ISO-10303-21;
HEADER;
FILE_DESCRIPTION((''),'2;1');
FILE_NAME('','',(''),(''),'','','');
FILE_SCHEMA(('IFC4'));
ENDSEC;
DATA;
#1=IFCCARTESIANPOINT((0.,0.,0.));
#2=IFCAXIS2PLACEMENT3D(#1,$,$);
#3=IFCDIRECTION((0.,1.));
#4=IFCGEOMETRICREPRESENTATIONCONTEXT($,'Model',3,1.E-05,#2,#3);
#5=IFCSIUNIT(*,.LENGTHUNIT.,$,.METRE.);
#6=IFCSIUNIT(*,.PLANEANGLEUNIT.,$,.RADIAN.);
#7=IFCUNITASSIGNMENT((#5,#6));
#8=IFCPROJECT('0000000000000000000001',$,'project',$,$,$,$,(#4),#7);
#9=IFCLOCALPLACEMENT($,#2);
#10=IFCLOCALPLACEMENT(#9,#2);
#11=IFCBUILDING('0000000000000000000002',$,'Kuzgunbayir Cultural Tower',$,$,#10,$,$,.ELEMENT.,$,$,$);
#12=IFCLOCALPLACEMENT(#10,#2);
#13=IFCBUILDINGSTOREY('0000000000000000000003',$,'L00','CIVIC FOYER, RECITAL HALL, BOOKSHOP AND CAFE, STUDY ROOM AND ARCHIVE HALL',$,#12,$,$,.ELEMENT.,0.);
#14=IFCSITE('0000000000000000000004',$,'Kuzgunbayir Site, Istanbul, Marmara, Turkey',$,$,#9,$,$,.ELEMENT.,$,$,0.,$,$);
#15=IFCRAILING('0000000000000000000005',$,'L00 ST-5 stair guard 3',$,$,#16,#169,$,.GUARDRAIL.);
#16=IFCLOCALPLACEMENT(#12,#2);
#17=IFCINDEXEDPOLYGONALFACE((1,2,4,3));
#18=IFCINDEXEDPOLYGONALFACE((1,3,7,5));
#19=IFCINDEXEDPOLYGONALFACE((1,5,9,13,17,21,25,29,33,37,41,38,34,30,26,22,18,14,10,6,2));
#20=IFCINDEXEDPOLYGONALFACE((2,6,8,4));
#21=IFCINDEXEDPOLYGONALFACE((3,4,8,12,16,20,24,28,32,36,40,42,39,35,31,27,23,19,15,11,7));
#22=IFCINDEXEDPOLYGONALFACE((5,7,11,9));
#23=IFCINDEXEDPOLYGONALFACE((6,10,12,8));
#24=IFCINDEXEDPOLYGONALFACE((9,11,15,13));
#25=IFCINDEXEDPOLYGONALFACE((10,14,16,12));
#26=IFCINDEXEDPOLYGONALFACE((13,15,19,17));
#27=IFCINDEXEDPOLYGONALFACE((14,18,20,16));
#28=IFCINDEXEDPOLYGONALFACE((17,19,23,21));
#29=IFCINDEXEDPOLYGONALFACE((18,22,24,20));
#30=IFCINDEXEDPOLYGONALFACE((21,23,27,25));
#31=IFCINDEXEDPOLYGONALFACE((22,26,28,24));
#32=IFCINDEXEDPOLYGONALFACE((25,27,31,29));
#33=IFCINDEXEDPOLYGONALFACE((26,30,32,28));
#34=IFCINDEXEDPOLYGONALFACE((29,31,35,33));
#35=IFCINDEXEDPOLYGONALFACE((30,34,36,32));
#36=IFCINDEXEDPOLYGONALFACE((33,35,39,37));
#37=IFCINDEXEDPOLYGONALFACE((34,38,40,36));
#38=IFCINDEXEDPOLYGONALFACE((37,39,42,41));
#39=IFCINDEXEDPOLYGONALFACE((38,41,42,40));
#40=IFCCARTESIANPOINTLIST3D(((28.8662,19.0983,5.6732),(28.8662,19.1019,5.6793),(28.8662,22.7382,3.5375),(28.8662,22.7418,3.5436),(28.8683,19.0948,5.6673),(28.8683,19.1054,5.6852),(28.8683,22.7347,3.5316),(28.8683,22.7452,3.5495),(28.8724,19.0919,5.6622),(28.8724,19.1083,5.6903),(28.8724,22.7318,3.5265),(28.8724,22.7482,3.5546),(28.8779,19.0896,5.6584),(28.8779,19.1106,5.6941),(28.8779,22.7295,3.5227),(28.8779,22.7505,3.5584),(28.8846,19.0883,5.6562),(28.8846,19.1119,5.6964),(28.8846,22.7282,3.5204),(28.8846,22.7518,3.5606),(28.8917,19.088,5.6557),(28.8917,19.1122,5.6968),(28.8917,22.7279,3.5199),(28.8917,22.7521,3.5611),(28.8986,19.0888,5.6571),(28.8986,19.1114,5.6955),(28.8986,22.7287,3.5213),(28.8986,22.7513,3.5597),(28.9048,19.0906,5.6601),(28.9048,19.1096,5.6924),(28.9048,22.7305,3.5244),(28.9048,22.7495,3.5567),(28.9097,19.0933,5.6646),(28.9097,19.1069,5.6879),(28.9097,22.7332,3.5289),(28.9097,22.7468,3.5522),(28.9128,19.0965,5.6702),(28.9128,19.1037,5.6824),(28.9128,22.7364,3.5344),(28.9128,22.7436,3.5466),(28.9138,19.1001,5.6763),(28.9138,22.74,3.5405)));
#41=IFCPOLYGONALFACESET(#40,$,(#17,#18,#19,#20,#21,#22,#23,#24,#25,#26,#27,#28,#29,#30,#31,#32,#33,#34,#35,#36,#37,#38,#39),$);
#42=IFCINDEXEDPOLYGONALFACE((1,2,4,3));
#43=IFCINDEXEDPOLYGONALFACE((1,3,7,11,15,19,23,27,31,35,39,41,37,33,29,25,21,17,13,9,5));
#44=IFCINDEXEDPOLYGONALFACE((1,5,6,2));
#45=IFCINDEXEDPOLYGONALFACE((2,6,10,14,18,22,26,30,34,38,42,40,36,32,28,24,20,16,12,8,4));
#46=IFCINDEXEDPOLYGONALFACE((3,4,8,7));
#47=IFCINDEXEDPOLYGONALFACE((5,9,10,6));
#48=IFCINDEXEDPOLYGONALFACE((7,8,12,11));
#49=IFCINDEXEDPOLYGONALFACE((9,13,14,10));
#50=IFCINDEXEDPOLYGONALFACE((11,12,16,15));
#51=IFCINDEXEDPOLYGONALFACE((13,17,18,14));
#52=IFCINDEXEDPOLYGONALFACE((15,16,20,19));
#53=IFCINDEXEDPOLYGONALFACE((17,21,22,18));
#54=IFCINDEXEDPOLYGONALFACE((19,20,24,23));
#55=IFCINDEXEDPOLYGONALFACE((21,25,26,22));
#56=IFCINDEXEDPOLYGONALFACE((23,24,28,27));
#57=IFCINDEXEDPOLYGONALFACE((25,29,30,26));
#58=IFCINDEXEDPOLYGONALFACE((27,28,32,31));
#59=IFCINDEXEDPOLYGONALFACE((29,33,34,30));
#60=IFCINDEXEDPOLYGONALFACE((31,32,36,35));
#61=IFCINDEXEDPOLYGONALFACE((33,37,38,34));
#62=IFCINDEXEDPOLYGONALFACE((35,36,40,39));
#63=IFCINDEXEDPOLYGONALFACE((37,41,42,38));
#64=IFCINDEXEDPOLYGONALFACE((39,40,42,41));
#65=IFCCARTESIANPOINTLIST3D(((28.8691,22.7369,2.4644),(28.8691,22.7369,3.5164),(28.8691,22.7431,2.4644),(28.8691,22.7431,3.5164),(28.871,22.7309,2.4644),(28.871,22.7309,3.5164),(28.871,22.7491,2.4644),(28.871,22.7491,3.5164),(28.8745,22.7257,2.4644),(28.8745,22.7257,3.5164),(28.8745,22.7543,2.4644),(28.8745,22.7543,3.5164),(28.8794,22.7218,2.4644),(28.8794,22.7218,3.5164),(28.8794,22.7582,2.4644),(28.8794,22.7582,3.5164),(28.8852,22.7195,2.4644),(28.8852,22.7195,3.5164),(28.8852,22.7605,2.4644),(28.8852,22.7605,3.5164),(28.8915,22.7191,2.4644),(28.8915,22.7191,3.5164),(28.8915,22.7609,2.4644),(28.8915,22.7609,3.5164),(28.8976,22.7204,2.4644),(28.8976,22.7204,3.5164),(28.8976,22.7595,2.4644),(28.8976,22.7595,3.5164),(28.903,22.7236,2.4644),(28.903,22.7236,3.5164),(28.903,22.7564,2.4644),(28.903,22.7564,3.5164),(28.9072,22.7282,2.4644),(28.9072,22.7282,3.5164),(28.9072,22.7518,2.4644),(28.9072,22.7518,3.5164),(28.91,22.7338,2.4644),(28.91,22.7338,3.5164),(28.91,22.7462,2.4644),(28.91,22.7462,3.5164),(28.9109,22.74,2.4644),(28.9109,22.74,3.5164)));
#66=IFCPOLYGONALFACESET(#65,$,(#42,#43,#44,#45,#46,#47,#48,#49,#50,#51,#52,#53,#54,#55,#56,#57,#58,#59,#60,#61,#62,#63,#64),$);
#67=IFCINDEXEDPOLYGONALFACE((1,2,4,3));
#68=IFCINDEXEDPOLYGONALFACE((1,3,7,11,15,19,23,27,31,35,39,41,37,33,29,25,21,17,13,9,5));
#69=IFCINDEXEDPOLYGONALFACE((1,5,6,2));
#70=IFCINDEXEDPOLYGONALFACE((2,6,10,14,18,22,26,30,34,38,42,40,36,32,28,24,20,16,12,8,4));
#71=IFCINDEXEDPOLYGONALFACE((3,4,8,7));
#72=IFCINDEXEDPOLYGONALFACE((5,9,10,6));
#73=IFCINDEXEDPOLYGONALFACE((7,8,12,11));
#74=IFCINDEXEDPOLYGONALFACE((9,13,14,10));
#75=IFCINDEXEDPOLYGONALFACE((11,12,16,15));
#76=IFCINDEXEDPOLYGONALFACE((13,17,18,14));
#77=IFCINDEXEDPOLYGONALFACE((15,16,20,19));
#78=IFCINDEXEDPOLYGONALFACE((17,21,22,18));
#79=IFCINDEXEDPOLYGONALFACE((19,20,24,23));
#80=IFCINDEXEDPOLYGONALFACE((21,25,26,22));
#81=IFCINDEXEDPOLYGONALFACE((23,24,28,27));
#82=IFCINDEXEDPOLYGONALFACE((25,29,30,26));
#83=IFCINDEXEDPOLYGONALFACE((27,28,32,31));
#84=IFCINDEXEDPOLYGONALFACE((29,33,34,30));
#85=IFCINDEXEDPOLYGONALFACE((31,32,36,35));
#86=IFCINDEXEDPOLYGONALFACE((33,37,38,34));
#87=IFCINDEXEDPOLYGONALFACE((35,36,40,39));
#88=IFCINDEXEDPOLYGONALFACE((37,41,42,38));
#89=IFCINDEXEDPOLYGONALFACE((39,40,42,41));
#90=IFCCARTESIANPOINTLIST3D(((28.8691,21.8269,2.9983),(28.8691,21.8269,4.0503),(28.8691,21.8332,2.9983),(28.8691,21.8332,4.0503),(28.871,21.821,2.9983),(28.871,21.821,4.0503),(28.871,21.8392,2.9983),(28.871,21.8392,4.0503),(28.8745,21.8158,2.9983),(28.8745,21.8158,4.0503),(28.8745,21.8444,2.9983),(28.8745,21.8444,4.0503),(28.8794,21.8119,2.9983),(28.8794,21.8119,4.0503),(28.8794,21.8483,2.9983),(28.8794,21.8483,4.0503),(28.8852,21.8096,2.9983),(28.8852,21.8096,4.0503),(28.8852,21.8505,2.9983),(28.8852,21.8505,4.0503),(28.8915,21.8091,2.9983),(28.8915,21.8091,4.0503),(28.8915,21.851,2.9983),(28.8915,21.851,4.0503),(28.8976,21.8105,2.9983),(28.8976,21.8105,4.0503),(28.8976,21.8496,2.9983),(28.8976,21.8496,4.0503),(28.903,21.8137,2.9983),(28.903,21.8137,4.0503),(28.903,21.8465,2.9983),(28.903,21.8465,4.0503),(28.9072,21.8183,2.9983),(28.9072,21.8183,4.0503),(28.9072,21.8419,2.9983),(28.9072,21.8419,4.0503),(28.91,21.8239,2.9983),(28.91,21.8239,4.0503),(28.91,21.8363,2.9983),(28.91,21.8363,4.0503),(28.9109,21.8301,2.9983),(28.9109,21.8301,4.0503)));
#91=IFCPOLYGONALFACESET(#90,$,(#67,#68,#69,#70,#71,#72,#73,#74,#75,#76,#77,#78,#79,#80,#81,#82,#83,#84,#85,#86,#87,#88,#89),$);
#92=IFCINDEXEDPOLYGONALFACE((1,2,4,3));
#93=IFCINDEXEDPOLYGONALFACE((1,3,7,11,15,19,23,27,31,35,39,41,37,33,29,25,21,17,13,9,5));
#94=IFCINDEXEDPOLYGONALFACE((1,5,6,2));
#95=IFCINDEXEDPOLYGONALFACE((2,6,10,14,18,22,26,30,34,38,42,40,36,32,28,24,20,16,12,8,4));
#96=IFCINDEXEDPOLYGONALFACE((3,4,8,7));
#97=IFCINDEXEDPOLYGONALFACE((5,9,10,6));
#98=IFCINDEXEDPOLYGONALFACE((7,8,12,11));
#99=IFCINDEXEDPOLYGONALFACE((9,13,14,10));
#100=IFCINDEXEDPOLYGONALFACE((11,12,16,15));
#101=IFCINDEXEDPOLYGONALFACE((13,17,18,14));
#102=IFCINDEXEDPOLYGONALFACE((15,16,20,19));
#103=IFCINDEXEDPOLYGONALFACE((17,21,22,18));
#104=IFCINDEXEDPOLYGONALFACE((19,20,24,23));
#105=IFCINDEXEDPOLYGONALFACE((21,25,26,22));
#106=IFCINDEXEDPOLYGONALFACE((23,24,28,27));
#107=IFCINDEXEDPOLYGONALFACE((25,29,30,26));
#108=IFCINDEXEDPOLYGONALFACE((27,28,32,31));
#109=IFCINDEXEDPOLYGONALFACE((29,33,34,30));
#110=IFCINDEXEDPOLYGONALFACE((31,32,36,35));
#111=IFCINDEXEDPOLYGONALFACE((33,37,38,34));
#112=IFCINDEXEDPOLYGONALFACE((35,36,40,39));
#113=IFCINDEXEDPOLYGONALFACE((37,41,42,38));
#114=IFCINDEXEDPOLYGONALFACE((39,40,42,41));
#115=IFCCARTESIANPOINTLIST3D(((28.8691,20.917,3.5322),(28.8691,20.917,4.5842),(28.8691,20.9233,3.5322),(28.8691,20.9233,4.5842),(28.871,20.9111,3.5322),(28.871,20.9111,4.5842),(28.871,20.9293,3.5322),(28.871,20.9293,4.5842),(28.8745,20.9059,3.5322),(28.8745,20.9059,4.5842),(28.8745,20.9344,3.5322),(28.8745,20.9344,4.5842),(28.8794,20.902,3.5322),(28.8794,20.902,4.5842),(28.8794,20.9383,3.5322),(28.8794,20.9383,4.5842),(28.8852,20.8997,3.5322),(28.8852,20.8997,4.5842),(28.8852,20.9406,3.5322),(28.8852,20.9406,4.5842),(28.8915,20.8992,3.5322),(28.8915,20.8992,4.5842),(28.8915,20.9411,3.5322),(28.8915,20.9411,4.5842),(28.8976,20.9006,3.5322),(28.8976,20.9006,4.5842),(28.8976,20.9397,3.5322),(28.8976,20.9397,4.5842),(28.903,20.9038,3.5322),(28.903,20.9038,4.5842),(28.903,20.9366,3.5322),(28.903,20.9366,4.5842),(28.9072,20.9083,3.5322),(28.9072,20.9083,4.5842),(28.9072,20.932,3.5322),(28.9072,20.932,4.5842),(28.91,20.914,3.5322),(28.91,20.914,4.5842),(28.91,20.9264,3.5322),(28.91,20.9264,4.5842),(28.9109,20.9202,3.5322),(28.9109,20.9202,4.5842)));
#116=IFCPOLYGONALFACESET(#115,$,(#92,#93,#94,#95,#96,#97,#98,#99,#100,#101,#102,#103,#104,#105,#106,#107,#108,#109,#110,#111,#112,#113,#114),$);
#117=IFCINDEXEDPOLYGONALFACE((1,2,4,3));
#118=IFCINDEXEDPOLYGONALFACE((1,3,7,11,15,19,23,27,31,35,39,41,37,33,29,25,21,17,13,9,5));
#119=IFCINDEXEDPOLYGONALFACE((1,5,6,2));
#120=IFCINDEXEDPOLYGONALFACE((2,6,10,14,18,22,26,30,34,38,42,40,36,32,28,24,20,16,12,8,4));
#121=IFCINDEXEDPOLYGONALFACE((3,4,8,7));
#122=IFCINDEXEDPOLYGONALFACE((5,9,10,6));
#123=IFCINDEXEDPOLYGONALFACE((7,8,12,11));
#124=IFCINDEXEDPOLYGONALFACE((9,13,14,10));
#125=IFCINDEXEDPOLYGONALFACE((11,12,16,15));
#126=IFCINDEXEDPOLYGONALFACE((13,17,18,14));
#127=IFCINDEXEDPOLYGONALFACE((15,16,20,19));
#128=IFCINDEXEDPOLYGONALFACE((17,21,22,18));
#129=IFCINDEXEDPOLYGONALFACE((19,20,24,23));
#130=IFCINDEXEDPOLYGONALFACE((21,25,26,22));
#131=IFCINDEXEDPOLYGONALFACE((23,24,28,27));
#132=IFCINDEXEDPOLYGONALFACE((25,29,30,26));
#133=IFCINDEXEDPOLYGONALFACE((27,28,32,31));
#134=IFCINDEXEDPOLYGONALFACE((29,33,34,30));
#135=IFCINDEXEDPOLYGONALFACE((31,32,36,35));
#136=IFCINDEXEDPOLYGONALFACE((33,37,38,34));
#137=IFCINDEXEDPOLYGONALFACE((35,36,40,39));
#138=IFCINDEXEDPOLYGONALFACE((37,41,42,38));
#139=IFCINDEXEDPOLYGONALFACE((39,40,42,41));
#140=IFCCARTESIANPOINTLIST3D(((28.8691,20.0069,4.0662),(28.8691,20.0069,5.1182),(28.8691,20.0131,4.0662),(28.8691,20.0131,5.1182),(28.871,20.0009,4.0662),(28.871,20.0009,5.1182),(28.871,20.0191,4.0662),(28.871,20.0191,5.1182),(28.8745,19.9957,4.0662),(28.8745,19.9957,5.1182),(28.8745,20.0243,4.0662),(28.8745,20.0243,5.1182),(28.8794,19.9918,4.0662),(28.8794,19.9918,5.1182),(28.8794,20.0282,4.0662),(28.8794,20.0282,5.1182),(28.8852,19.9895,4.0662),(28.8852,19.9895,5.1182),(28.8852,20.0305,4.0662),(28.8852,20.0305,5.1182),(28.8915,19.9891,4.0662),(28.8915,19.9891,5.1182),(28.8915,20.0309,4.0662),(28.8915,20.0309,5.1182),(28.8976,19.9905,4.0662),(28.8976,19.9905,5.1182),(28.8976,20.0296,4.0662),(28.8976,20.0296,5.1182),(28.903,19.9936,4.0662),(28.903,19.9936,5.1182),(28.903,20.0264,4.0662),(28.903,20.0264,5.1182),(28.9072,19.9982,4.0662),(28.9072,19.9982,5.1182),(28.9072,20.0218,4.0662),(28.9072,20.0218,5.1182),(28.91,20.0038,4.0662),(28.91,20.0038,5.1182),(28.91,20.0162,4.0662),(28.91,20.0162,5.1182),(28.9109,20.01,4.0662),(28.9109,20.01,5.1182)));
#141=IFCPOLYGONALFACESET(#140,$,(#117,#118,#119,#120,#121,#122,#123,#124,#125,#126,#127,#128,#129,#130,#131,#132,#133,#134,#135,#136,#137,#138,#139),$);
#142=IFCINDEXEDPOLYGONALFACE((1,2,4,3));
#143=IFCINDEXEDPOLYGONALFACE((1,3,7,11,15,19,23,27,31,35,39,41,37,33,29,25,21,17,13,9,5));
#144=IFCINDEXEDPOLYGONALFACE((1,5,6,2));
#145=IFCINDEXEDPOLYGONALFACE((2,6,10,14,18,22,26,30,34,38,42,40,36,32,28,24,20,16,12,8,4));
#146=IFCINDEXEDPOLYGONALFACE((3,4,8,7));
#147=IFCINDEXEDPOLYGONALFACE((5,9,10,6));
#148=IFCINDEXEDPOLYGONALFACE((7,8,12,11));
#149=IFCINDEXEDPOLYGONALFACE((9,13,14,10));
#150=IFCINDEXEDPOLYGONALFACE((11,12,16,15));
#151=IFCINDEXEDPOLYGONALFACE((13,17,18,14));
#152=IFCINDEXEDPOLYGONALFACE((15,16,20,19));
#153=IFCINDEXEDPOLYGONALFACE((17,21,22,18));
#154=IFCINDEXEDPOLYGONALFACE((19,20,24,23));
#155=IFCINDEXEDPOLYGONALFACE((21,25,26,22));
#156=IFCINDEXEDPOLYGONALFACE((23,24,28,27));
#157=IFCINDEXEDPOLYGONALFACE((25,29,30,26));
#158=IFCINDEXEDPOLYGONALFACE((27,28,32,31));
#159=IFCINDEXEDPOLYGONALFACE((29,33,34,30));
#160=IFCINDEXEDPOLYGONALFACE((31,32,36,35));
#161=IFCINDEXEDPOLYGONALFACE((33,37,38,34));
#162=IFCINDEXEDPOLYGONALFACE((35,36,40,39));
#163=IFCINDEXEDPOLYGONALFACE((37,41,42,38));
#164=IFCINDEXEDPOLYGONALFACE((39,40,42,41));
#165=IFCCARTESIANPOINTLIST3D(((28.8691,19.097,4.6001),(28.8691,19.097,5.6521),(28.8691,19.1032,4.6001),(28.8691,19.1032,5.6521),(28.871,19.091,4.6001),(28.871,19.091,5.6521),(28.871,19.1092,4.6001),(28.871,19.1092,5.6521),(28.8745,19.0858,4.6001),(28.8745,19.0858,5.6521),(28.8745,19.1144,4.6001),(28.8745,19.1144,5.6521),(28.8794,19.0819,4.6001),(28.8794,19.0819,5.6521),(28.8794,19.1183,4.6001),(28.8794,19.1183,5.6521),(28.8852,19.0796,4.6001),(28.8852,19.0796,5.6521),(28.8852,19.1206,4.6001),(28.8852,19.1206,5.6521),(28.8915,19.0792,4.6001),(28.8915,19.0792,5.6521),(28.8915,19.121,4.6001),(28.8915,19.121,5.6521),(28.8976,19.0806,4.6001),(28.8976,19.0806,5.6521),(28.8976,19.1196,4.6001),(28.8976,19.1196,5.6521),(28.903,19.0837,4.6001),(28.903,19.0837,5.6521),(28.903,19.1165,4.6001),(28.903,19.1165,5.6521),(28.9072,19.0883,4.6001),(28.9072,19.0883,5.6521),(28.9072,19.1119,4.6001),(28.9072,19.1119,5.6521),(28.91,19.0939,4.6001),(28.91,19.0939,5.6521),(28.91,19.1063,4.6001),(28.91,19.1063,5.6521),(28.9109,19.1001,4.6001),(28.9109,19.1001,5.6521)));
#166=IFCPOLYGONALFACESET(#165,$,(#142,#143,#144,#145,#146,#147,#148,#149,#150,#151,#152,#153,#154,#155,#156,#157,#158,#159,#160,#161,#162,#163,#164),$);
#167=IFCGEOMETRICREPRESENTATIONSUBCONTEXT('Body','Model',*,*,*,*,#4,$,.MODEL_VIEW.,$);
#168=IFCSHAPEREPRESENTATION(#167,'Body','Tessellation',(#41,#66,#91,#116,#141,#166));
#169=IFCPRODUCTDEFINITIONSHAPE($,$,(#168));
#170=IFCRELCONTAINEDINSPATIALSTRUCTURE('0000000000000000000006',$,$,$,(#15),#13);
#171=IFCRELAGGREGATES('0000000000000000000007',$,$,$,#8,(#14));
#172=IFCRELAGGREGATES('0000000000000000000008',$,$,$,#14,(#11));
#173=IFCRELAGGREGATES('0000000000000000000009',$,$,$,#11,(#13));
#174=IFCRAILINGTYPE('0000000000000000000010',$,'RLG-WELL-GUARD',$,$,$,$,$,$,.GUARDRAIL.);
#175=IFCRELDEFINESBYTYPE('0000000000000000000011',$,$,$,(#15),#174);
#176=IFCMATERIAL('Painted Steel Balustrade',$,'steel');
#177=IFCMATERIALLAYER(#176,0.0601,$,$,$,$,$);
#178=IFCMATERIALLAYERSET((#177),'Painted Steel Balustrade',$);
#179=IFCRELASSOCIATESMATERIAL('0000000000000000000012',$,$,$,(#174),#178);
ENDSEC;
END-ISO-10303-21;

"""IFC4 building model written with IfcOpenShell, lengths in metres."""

from ifc_helpers import new_model, si_unit, direction, frame, origin, origin_2d, place, context, subcontext, project, spatial, circle, extrude, material, layer, layer_set, type_object, element, save


model = new_model("IFC4")

# Units and contexts
model_context = context("Model", 3, precision=1e-05, world=origin(), true_north=direction((0.0, 1.0)))
body_context = subcontext(model_context, "Body", "Model", "MODEL_VIEW")
ifc_project = project(units=[si_unit("LENGTHUNIT", "METRE"), si_unit("PLANEANGLEUNIT", "RADIAN")], contexts=[model_context])

# Site, building, storey
site_placement = place(None, origin())
site = spatial("IfcSite", under=ifc_project, at=site_placement, Name="Kuzgunbayir Site, Istanbul, Marmara, Turkey", CompositionType="ELEMENT", RefElevation=0.0)
building_placement = place(site_placement, origin())
building = spatial("IfcBuilding", under=site, at=building_placement, Name="Kuzgunbayir Cultural Tower", CompositionType="ELEMENT")
storey_placement = place(building_placement, origin())
storey = spatial("IfcBuildingStorey", under=building, at=storey_placement, Name="L00", Description="CIVIC FOYER, RECITAL HALL, BOOKSHOP AND CAFE, STUDY ROOM AND ARCHIVE HALL", CompositionType="ELEMENT", Elevation=0.0)

# Railing
ifc_material_1 = material(Name="Painted Steel Balustrade", Category="steel")
ifc_layer_1 = layer(ifc_material_1, 0.0601)
ifc_layer_set_1 = layer_set([ifc_layer_1], Name="Painted Steel Balustrade")
railing_type_1 = type_object("IfcRailingType", Name="RLG-WELL-GUARD", PredefinedType="GUARDRAIL", material=ifc_layer_set_1)
railing_1_placement = place(storey_placement, frame((28.8899, 22.74, 2.4644)))
element("IfcRailing", 1, at=railing_1_placement, inside=storey, type_object=railing_type_1, Name="L00 ST-5 stair guard 3", PredefinedType="GUARDRAIL", context=body_context, shape_type="SweptSolid", body=[
    extrude(circle(Radius=0.0239, at=origin_2d()), frame((0.0, 0.0, 1.0762), z_axis=(0.0, -0.86249, 0.506074), x_axis=(1.0, 0.0, 0.0)), (0.0, 0.0, 1.0), 4.2202),
    extrude(circle(Radius=0.021, at=origin_2d()), origin(), (0.0, 0.0, 1.0), 1.052),
    extrude(circle(Radius=0.021, at=origin_2d()), frame((0.0, -0.9099, 0.5339)), (0.0, 0.0, 1.0), 1.052),
    extrude(circle(Radius=0.021, at=origin_2d()), frame((0.0, -1.8198, 1.0679)), (0.0, 0.0, 1.0), 1.052),
    extrude(circle(Radius=0.021, at=origin_2d()), frame((0.0, -2.73, 1.6018)), (0.0, 0.0, 1.0), 1.052),
    extrude(circle(Radius=0.021, at=origin_2d()), frame((0.0, -3.6399, 2.1357)), (0.0, 0.0, 1.0), 1.052),
])

save(model, "model.ifc")
